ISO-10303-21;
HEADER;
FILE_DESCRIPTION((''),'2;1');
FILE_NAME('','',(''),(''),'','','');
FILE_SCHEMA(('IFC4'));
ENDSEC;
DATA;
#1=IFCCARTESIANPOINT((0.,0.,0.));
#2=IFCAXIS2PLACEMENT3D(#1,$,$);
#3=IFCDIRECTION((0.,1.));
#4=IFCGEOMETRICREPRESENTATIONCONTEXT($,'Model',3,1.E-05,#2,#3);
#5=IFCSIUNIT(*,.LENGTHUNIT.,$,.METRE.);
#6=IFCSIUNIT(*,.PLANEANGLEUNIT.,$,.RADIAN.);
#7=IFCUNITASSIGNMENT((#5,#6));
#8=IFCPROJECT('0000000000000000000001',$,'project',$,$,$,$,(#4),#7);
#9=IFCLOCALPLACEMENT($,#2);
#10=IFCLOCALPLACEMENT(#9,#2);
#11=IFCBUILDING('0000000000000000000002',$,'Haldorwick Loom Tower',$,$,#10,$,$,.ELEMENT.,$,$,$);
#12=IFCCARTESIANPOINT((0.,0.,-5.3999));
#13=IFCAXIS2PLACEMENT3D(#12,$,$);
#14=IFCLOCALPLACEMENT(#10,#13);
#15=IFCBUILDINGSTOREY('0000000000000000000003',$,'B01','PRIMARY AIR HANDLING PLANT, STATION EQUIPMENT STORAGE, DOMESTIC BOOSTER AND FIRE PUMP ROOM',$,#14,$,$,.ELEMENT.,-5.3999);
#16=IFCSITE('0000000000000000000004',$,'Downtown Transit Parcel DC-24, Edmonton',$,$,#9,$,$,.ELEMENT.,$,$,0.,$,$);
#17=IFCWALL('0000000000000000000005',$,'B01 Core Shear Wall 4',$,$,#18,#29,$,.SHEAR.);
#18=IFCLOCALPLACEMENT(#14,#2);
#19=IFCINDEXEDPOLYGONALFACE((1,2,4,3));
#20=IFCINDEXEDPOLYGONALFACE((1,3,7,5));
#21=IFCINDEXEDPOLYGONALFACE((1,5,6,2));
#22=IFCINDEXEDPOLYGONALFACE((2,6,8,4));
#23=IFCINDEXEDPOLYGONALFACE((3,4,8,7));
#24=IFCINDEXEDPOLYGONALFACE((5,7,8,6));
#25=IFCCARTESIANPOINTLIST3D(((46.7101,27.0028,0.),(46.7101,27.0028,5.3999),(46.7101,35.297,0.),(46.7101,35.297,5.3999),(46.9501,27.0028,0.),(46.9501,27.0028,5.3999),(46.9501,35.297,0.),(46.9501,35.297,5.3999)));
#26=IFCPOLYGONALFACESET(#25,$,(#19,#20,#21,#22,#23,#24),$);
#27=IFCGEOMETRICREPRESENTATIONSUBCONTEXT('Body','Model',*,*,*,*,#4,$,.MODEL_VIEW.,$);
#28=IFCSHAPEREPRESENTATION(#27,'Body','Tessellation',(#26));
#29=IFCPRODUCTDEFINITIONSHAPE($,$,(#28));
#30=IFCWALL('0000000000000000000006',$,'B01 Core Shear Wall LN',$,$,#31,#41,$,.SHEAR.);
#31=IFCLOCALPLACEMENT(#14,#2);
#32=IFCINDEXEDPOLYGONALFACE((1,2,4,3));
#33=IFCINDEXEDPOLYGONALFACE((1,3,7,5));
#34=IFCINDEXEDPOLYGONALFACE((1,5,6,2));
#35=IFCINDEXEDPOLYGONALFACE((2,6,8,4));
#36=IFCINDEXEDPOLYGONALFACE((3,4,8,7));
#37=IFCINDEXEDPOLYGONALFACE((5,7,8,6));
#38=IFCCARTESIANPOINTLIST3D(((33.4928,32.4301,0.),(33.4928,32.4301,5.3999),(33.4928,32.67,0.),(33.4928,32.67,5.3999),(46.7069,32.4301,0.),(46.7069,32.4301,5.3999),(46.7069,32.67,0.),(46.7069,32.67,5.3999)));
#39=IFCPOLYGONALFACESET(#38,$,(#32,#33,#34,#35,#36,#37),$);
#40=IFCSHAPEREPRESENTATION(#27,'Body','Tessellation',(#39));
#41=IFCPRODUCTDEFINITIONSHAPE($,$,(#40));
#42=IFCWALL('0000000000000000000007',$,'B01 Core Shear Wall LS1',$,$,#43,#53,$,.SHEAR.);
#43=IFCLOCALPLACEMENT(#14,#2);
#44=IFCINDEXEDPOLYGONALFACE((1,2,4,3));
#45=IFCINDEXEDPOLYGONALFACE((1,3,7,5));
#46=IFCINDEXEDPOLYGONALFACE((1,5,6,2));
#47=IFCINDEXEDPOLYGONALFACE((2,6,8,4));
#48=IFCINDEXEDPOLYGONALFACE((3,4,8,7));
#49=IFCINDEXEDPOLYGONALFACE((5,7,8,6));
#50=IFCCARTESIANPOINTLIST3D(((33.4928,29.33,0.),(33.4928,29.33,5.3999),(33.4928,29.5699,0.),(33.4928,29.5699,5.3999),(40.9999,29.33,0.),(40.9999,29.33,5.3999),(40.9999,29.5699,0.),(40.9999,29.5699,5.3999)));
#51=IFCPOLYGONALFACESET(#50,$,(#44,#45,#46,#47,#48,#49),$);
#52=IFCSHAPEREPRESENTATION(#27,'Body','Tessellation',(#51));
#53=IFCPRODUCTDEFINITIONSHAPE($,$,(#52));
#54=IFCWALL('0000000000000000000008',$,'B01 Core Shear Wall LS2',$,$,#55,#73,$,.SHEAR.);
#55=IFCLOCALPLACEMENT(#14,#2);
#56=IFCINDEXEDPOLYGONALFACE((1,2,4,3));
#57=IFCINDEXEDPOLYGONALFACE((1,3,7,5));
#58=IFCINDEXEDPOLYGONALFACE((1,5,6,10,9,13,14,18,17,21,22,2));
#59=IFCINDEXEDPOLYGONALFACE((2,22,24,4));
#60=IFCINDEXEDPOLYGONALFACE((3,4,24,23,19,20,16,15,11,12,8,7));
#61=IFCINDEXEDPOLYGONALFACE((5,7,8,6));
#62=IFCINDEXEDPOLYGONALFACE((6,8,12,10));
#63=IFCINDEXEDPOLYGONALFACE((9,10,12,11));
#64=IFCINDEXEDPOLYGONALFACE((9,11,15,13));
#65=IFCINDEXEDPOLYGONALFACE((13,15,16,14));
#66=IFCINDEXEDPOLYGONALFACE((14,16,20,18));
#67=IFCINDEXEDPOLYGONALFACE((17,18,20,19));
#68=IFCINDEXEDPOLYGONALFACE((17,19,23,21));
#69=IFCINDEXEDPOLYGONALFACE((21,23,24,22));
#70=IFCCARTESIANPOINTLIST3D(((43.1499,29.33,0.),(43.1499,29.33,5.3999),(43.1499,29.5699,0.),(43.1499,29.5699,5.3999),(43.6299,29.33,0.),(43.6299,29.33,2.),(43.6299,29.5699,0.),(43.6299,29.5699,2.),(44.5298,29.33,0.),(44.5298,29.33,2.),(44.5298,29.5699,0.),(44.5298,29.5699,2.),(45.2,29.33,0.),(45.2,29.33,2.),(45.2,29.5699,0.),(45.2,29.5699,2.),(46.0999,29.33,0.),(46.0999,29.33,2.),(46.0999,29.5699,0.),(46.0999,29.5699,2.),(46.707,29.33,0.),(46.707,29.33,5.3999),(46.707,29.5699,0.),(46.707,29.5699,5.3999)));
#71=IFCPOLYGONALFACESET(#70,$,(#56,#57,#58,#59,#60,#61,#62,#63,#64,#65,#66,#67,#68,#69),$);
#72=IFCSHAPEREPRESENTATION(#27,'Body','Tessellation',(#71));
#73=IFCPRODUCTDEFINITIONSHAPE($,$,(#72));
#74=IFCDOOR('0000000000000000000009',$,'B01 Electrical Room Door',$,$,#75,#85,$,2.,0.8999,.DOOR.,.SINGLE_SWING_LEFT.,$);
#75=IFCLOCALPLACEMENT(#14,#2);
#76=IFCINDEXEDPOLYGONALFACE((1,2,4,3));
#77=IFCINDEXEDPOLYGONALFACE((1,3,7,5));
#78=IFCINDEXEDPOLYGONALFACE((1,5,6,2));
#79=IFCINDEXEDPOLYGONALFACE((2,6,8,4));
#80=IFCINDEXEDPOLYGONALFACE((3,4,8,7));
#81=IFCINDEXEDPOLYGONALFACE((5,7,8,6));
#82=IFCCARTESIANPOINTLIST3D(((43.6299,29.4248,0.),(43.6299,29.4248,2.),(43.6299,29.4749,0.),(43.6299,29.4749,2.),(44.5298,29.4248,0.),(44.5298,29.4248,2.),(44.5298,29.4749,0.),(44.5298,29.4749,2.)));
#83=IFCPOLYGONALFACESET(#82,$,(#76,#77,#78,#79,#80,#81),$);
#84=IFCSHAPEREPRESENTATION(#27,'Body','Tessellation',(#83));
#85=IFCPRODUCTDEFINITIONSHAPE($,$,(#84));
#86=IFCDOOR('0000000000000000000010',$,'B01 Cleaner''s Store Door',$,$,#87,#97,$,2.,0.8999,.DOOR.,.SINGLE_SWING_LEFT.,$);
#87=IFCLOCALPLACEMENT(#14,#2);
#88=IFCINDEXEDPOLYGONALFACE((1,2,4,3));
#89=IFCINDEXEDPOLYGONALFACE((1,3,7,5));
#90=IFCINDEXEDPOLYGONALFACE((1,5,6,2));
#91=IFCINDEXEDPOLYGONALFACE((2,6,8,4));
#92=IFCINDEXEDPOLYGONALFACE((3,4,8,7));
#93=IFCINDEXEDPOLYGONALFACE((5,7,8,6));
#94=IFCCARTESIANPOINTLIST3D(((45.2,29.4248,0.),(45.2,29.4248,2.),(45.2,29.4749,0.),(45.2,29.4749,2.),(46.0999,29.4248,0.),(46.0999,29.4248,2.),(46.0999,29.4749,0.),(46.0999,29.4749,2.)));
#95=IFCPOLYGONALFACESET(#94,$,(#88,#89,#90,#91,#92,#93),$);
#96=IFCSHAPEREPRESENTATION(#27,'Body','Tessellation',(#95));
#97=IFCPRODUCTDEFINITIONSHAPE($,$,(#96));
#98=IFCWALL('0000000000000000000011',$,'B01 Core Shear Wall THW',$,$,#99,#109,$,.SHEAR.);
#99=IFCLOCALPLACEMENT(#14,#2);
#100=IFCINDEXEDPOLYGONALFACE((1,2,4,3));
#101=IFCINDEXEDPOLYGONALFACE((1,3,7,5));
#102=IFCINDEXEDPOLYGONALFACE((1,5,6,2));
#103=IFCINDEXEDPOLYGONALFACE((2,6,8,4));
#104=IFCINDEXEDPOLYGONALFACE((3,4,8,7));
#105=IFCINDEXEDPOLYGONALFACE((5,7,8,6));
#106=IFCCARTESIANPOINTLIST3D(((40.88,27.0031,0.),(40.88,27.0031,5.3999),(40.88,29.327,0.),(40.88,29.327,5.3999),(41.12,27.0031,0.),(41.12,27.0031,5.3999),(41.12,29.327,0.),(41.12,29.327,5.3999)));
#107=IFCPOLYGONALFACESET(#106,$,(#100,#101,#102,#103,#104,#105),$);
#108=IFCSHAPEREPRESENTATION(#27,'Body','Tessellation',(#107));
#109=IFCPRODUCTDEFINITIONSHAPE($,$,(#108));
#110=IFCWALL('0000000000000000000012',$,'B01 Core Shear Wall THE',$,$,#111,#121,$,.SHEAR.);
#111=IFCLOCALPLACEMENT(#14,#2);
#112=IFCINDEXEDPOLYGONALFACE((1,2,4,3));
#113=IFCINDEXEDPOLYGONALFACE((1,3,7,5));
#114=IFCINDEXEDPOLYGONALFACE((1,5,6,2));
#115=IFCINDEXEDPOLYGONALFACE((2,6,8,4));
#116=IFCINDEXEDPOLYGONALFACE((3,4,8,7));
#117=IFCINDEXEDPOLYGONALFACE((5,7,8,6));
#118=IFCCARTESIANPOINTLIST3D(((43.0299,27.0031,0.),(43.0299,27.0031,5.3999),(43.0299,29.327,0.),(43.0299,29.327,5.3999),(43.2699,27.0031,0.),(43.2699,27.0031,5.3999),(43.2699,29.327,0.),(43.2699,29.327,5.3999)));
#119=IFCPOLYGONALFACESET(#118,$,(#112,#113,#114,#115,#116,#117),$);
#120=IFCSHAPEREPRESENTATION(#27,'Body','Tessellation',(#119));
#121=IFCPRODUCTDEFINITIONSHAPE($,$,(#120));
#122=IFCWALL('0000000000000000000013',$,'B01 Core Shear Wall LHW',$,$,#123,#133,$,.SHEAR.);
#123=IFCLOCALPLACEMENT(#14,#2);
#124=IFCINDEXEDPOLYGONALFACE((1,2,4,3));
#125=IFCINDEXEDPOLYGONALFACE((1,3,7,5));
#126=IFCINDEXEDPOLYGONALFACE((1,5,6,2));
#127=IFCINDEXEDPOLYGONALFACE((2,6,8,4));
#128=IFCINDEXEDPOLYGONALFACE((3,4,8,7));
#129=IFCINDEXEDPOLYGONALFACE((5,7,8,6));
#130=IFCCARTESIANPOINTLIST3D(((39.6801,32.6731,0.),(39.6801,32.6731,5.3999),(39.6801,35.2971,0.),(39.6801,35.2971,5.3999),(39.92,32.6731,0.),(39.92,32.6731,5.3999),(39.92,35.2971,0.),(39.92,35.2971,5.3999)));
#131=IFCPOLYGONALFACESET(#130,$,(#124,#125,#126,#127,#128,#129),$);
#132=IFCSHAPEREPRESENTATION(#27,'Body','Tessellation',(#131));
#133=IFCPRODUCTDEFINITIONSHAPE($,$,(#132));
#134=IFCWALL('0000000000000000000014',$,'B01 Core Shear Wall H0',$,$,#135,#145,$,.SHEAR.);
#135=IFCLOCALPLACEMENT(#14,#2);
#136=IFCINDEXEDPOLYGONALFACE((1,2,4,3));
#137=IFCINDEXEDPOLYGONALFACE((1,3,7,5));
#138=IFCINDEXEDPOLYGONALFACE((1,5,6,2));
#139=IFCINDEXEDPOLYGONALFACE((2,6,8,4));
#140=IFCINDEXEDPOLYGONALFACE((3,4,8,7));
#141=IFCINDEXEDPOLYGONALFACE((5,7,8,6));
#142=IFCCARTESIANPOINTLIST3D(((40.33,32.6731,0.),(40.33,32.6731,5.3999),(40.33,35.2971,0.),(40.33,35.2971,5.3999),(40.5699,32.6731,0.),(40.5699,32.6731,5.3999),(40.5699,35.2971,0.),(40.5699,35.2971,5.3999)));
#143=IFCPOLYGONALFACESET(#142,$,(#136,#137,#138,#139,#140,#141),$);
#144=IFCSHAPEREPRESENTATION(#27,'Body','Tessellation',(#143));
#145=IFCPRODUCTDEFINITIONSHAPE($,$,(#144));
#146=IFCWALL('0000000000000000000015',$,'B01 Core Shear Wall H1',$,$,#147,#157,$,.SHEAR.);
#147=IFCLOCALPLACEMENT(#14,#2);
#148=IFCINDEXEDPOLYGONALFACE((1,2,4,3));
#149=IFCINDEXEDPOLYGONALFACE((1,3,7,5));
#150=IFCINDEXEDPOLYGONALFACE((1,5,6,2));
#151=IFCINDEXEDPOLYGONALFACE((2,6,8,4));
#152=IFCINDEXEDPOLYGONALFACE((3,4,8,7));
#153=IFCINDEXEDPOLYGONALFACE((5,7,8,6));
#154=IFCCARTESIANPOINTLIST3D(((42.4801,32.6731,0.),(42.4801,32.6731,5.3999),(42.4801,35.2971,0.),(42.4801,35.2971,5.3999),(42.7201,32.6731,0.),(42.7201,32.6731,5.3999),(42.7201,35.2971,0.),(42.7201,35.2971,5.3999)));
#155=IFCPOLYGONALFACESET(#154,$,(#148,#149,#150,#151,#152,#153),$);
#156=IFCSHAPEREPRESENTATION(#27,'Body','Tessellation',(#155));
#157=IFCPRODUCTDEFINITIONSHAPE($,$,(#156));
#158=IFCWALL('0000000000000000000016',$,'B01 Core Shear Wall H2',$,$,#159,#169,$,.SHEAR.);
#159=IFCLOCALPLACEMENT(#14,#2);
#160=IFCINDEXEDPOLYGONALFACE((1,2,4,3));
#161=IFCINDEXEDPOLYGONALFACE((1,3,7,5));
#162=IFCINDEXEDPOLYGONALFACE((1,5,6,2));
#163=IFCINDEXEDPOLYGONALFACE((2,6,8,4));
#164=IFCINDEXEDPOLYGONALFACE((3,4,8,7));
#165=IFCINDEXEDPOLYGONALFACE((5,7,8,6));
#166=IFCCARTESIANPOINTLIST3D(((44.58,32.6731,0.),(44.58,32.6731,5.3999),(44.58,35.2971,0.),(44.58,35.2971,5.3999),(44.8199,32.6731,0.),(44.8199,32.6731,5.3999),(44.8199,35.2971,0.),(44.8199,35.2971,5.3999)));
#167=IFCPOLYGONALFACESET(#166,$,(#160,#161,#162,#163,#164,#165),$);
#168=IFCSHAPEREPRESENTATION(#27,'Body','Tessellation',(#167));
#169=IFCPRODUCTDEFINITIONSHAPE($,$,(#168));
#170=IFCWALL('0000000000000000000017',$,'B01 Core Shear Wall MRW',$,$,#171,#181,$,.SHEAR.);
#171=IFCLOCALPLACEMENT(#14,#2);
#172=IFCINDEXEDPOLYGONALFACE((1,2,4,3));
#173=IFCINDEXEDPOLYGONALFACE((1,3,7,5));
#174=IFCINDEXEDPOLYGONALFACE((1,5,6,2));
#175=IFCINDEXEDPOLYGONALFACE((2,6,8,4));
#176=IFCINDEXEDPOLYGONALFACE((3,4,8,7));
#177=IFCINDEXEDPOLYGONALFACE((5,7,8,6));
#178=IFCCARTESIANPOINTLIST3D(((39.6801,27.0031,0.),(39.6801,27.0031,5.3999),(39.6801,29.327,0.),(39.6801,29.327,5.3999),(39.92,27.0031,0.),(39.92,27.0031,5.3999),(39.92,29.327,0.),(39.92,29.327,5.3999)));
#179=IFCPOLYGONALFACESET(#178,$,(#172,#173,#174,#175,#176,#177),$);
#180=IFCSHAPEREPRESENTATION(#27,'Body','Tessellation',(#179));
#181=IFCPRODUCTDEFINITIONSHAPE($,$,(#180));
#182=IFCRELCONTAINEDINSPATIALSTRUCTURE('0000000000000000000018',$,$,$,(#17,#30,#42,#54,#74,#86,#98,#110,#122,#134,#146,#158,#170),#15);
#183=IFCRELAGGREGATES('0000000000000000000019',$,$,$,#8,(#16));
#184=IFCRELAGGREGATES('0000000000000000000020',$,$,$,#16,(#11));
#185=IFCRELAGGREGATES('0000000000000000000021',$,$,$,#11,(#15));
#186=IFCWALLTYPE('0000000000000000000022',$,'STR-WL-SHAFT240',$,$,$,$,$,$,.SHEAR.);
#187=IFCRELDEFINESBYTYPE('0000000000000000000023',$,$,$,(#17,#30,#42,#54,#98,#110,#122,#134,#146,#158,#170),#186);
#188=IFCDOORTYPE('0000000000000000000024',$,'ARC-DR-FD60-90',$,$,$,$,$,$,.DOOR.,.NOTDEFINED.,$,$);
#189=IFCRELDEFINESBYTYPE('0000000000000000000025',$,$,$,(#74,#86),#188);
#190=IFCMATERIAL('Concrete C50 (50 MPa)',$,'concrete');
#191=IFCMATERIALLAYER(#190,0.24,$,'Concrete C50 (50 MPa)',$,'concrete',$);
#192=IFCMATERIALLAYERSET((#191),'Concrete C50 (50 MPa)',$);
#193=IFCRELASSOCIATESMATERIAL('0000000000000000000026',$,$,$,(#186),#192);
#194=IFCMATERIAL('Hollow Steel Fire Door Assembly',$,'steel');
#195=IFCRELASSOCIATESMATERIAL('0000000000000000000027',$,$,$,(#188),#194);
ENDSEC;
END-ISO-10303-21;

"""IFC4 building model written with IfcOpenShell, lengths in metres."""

from ifc_helpers import new_model, si_unit, direction, frame, frame_2d, origin, place, context, subcontext, project, spatial, rectangle, extrude, material, layer, layer_set, type_object, element, fill, save


model = new_model("IFC4")

# Units and contexts
model_context = context("Model", 3, precision=1e-05, world=origin(), true_north=direction((0.0, 1.0)))
body_context = subcontext(model_context, "Body", "Model", "MODEL_VIEW")
ifc_project = project(units=[si_unit("LENGTHUNIT", "METRE"), si_unit("PLANEANGLEUNIT", "RADIAN")], contexts=[model_context])

# Site, building, storey
site_placement = place(None, origin())
site = spatial("IfcSite", under=ifc_project, at=site_placement, Name="Downtown Transit Parcel DC-24, Edmonton", CompositionType="ELEMENT", RefElevation=0.0)
building_placement = place(site_placement, origin())
building = spatial("IfcBuilding", under=site, at=building_placement, Name="Haldorwick Loom Tower", CompositionType="ELEMENT")
storey_placement = place(building_placement, frame((0.0, 0.0, -5.3999)))
storey = spatial("IfcBuildingStorey", under=building, at=storey_placement, Name="B01", Description="PRIMARY AIR HANDLING PLANT, STATION EQUIPMENT STORAGE, DOMESTIC BOOSTER AND FIRE PUMP ROOM", CompositionType="ELEMENT", Elevation=-5.3999)

# Walls
ifc_material_1 = material(Name="Concrete C50 (50 MPa)", Category="concrete")
ifc_layer_1 = layer(ifc_material_1, 0.24, Name="Concrete C50 (50 MPa)", Category="concrete")
ifc_layer_set_1 = layer_set([ifc_layer_1], Name="Concrete C50 (50 MPa)")
wall_type_1 = type_object("IfcWallType", Name="STR-WL-SHAFT240", PredefinedType="SHEAR", material=ifc_layer_set_1)
wall_1_placement = place(storey_placement, frame((46.8301, 27.0029, 0.0), z_axis=(0.0, 0.0, 1.0), x_axis=(0.0, 1.0, 0.0)))
element("IfcWall", 1, at=wall_1_placement, inside=storey, type_object=wall_type_1, Name="B01 Core Shear Wall 4", PredefinedType="SHEAR", context=body_context, shape_type="SweptSolid", body=[
    extrude(rectangle(XDim=8.2942, YDim=0.24, at=frame_2d((4.147, 0.0))), origin(), (0.0, 0.0, 1.0), 5.3999),
])
wall_2_placement = place(storey_placement, frame((33.4929, 32.55, 0.0), z_axis=(0.0, 0.0, 1.0), x_axis=(1.0, 0.0, 0.0)))
element("IfcWall", 2, at=wall_2_placement, inside=storey, type_object=wall_type_1, Name="B01 Core Shear Wall LN", PredefinedType="SHEAR", context=body_context, shape_type="SweptSolid", body=[
    extrude(rectangle(XDim=13.2141, YDim=0.24, at=frame_2d((6.6069, 0.0))), origin(), (0.0, 0.0, 1.0), 5.3999),
])
wall_3_placement = place(storey_placement, frame((33.4929, 29.45, 0.0), z_axis=(0.0, 0.0, 1.0), x_axis=(1.0, 0.0, 0.0)))
element("IfcWall", 3, at=wall_3_placement, inside=storey, type_object=wall_type_1, Name="B01 Core Shear Wall LS1", PredefinedType="SHEAR", context=body_context, shape_type="SweptSolid", body=[
    extrude(rectangle(XDim=7.5071, YDim=0.24, at=frame_2d((3.7534, 0.0))), origin(), (0.0, 0.0, 1.0), 5.3999),
])

# Wall, openings, doors
wall_4_placement = place(storey_placement, frame((43.1499, 29.45, 0.0), z_axis=(0.0, 0.0, 1.0), x_axis=(1.0, 0.0, 0.0)))
wall_4 = element("IfcWall", 4, at=wall_4_placement, inside=storey, type_object=wall_type_1, Name="B01 Core Shear Wall LS2", PredefinedType="SHEAR", context=body_context, shape_type="SweptSolid", body=[
    extrude(rectangle(XDim=3.5571, YDim=0.24, at=frame_2d((1.7786, 0.0))), origin(), (0.0, 0.0, 1.0), 5.3999),
])
opening_1_placement = place(wall_4_placement, frame((0.48, 0.0, 0.0)))
opening_1 = element("IfcOpeningElement", 5, at=opening_1_placement, cuts=wall_4, PredefinedType="OPENING", context=body_context, shape_type="SweptSolid", body=[
    extrude(rectangle(XDim=0.8999, YDim=2.0, at=frame_2d((0.45, 1.0))), frame((0.0, 0.1299, 0.0), z_axis=(0.0, -1.0, 0.0), x_axis=(1.0, 0.0, 0.0)), (0.0, 0.0, 1.0), 0.26),
])
opening_2_placement = place(wall_4_placement, frame((2.05, 0.0, 0.0)))
opening_2 = element("IfcOpeningElement", 6, at=opening_2_placement, cuts=wall_4, PredefinedType="OPENING", context=body_context, shape_type="SweptSolid", body=[
    extrude(rectangle(XDim=0.8999, YDim=2.0, at=frame_2d((0.45, 1.0))), frame((0.0, 0.1299, 0.0), z_axis=(0.0, -1.0, 0.0), x_axis=(1.0, 0.0, 0.0)), (0.0, 0.0, 1.0), 0.26),
])
ifc_material_2 = material(Name="Hollow Steel Fire Door Assembly", Category="steel")
door_type = type_object("IfcDoorType", Name="ARC-DR-FD60-90", OperationType="NOTDEFINED", PredefinedType="DOOR", material=ifc_material_2)
door_1_placement = place(opening_1_placement, origin())
door_1 = element("IfcDoor", 7, at=door_1_placement, inside=storey, type_object=door_type, Name="B01 Electrical Room Door", OperationType="SINGLE_SWING_LEFT", OverallHeight=2.0, OverallWidth=0.8999, PredefinedType="DOOR", context=body_context, shape_type="SweptSolid", body=[
    extrude(rectangle(XDim=0.8999, YDim=2.0, at=frame_2d((0.45, 1.0))), frame((0.0, 0.0249, 0.0), z_axis=(0.0, -1.0, 0.0), x_axis=(1.0, 0.0, 0.0)), (0.0, 0.0, 1.0), 0.05),
])
fill(opening_1, door_1)
door_2_placement = place(opening_2_placement, origin())
door_2 = element("IfcDoor", 8, at=door_2_placement, inside=storey, type_object=door_type, Name="B01 Cleaner's Store Door", OperationType="SINGLE_SWING_LEFT", OverallHeight=2.0, OverallWidth=0.8999, PredefinedType="DOOR", context=body_context, shape_type="SweptSolid", body=[
    extrude(rectangle(XDim=0.8999, YDim=2.0, at=frame_2d((0.45, 1.0))), frame((0.0, 0.0249, 0.0), z_axis=(0.0, -1.0, 0.0), x_axis=(1.0, 0.0, 0.0)), (0.0, 0.0, 1.0), 0.05),
])
fill(opening_2, door_2)

# Walls
for number, where, z_axis, x_axis, name in (
    (9, (41.0, 27.0029, 0.0), (0.0, 0.0, 1.0), (0.0, 1.0, 0.0), "B01 Core Shear Wall THW"),
    (10, (43.1499, 27.0029, 0.0), (0.0, 0.0, 1.0), (0.0, 1.0, 0.0), "B01 Core Shear Wall THE"),
):
    element("IfcWall", number, at=place(storey_placement, frame(where, z_axis=z_axis, x_axis=x_axis)), inside=storey, type_object=wall_type_1, Name=name, PredefinedType="SHEAR", context=body_context, shape_type="SweptSolid", body=[
        extrude(rectangle(XDim=2.324, YDim=0.24, at=frame_2d((1.1621, 0.0))), origin(), (0.0, 0.0, 1.0), 5.3999),
    ])
for number, where, z_axis, x_axis, name in (
    (11, (39.8, 32.6731, 0.0), (0.0, 0.0, 1.0), (0.0, 1.0, 0.0), "B01 Core Shear Wall LHW"),
    (12, (40.45, 32.6731, 0.0), (0.0, 0.0, 1.0), (0.0, 1.0, 0.0), "B01 Core Shear Wall H0"),
    (13, (42.6001, 32.6731, 0.0), (0.0, 0.0, 1.0), (0.0, 1.0, 0.0), "B01 Core Shear Wall H1"),
    (14, (44.7, 32.6731, 0.0), (0.0, 0.0, 1.0), (0.0, 1.0, 0.0), "B01 Core Shear Wall H2"),
):
    element("IfcWall", number, at=place(storey_placement, frame(where, z_axis=z_axis, x_axis=x_axis)), inside=storey, type_object=wall_type_1, Name=name, PredefinedType="SHEAR", context=body_context, shape_type="SweptSolid", body=[
        extrude(rectangle(XDim=2.624, YDim=0.24, at=frame_2d((1.312, 0.0))), origin(), (0.0, 0.0, 1.0), 5.3999),
    ])
wall_5_placement = place(storey_placement, frame((39.8, 27.0029, 0.0), z_axis=(0.0, 0.0, 1.0), x_axis=(0.0, 1.0, 0.0)))
element("IfcWall", 15, at=wall_5_placement, inside=storey, type_object=wall_type_1, Name="B01 Core Shear Wall MRW", PredefinedType="SHEAR", context=body_context, shape_type="SweptSolid", body=[
    extrude(rectangle(XDim=2.324, YDim=0.24, at=frame_2d((1.1621, 0.0))), origin(), (0.0, 0.0, 1.0), 5.3999),
])

save(model, "model.ifc")
